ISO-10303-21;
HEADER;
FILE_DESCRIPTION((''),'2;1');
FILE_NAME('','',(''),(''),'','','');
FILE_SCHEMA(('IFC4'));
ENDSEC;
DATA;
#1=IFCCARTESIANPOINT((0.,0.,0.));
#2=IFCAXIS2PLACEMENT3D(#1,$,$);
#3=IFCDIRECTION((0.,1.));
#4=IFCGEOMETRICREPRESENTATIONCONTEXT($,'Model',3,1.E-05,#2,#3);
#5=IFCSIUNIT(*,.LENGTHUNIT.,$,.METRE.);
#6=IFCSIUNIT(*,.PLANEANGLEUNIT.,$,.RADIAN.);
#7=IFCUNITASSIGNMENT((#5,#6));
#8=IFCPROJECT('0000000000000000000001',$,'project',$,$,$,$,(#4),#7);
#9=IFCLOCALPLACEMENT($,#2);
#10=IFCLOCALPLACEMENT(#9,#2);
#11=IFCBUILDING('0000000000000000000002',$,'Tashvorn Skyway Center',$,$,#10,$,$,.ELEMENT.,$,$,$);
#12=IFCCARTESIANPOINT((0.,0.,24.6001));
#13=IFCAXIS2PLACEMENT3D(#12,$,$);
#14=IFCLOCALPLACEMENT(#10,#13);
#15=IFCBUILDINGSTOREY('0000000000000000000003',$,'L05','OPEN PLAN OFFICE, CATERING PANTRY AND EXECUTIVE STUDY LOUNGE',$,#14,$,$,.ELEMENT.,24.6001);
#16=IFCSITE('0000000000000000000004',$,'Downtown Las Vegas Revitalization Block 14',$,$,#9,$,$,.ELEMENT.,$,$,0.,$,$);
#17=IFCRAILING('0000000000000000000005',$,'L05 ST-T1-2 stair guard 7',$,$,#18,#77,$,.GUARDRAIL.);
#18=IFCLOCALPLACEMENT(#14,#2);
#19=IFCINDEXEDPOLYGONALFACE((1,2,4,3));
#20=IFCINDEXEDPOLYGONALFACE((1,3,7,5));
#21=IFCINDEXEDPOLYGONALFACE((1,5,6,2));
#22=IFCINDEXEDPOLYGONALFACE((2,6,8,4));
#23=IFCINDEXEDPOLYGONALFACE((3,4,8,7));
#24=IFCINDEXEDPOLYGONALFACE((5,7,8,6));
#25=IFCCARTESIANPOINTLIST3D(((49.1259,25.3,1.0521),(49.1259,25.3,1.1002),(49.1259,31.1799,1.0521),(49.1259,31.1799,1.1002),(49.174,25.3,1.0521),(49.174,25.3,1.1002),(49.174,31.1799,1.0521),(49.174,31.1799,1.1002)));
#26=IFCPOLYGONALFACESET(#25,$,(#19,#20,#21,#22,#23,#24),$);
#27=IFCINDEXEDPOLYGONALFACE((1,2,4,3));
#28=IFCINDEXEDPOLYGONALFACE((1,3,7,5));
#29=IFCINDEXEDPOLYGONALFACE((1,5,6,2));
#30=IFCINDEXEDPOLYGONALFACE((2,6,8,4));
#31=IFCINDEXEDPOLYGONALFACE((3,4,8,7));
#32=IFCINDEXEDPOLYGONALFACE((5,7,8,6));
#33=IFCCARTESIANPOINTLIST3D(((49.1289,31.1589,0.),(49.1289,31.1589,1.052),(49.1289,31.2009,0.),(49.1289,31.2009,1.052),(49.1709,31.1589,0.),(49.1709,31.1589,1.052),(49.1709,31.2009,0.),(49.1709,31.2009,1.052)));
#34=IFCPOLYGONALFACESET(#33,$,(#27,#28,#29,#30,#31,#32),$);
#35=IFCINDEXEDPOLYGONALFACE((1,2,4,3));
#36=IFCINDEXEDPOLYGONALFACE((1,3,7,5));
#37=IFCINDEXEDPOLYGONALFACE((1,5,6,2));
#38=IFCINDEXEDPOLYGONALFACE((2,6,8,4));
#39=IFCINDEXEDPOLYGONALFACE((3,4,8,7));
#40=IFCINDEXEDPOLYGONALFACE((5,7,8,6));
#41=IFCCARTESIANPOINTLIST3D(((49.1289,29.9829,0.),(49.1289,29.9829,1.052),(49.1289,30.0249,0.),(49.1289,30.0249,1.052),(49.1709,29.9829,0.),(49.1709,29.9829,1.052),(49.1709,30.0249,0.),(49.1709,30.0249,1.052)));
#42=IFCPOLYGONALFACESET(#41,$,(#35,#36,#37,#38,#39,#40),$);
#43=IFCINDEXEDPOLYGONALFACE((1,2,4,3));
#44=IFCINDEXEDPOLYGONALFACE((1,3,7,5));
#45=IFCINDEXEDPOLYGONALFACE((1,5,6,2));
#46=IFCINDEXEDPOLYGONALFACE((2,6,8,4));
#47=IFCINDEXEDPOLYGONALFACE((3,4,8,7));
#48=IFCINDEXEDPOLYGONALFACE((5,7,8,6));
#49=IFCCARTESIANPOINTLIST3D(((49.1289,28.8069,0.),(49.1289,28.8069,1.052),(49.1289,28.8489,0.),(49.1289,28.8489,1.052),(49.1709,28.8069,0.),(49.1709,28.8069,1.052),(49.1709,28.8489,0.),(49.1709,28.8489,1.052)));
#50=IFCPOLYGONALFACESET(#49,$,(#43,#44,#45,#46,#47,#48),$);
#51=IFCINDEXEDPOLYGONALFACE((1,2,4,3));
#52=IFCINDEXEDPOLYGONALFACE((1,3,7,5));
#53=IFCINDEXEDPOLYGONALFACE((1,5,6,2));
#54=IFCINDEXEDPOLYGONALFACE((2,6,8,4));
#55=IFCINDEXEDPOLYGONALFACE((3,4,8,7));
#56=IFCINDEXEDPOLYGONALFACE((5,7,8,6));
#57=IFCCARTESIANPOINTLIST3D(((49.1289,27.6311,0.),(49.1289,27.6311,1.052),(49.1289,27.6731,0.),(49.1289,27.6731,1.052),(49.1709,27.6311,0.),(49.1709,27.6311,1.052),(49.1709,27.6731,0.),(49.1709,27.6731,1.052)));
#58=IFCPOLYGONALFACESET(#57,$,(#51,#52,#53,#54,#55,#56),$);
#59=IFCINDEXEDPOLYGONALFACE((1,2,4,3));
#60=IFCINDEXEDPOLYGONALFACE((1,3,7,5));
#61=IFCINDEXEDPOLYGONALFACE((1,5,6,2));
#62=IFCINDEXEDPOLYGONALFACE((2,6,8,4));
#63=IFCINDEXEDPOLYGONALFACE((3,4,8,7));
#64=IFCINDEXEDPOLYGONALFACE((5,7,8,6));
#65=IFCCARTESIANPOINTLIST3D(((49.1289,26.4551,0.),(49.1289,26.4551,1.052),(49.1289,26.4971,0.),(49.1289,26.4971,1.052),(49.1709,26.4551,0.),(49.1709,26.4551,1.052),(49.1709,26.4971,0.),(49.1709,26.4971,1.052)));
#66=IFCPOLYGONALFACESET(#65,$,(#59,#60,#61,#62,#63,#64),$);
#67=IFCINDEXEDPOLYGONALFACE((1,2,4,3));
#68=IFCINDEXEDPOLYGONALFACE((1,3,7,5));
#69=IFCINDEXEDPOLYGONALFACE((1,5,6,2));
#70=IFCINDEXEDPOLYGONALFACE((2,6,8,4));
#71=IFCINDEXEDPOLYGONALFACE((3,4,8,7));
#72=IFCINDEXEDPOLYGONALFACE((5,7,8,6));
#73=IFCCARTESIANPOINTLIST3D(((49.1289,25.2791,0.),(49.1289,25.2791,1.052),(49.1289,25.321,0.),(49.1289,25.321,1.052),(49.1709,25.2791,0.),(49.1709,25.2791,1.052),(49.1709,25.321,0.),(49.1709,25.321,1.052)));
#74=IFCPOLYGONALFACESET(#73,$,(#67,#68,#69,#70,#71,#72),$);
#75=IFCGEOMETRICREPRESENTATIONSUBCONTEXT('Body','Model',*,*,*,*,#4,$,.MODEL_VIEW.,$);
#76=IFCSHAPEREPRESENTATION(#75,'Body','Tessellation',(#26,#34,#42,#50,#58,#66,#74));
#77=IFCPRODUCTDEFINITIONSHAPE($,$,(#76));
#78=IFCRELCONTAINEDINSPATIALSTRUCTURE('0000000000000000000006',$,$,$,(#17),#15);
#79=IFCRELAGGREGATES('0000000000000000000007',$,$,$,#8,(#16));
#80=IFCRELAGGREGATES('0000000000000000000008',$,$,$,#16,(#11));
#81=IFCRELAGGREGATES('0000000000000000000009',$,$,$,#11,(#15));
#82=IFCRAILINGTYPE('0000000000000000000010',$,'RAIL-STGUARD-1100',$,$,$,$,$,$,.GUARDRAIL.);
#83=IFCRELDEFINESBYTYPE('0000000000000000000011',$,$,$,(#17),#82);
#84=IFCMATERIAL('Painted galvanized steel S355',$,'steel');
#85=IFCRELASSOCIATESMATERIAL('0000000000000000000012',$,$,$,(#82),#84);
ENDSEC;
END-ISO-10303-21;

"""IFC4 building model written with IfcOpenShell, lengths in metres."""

from ifc_helpers import new_model, si_unit, direction, frame, origin, origin_2d, place, context, subcontext, project, spatial, rectangle, extrude, material, type_object, element, save


model = new_model("IFC4")

# Units and contexts
model_context = context("Model", 3, precision=1e-05, world=origin(), true_north=direction((0.0, 1.0)))
body_context = subcontext(model_context, "Body", "Model", "MODEL_VIEW")
ifc_project = project(units=[si_unit("LENGTHUNIT", "METRE"), si_unit("PLANEANGLEUNIT", "RADIAN")], contexts=[model_context])

# Site, building, storey
site_placement = place(None, origin())
site = spatial("IfcSite", under=ifc_project, at=site_placement, Name="Downtown Las Vegas Revitalization Block 14", CompositionType="ELEMENT", RefElevation=0.0)
building_placement = place(site_placement, origin())
building = spatial("IfcBuilding", under=site, at=building_placement, Name="Tashvorn Skyway Center", CompositionType="ELEMENT")
storey_placement = place(building_placement, frame((0.0, 0.0, 24.6001)))
storey = spatial("IfcBuildingStorey", under=building, at=storey_placement, Name="L05", Description="OPEN PLAN OFFICE, CATERING PANTRY AND EXECUTIVE STUDY LOUNGE", CompositionType="ELEMENT", Elevation=24.6001)

# Railing
ifc_material_1 = material(Name="Painted galvanized steel S355", Category="steel")
railing_type_1 = type_object("IfcRailingType", Name="RAIL-STGUARD-1100", PredefinedType="GUARDRAIL", material=ifc_material_1)
railing_1_placement = place(storey_placement, frame((49.1499, 31.1799, 0.0)))
element("IfcRailing", 1, at=railing_1_placement, inside=storey, type_object=railing_type_1, Name="L05 ST-T1-2 stair guard 7", PredefinedType="GUARDRAIL", context=body_context, shape_type="SweptSolid", body=[
    extrude(rectangle(XDim=0.0481, YDim=0.0481, at=origin_2d()), frame((0.0, 0.0, 1.0762), z_axis=(0.0, -1.0, 0.0), x_axis=(1.0, 0.0, 0.0)), (0.0, 0.0, 1.0), 5.8799),
    extrude(rectangle(XDim=0.042, YDim=0.042, at=origin_2d()), origin(), (0.0, 0.0, 1.0), 1.052),
    extrude(rectangle(XDim=0.042, YDim=0.042, at=origin_2d()), frame((0.0, -1.176, 0.0)), (0.0, 0.0, 1.0), 1.052),
    extrude(rectangle(XDim=0.042, YDim=0.042, at=origin_2d()), frame((0.0, -2.3521, 0.0)), (0.0, 0.0, 1.0), 1.052),
    extrude(rectangle(XDim=0.042, YDim=0.042, at=origin_2d()), frame((0.0, -3.5278, 0.0)), (0.0, 0.0, 1.0), 1.052),
    extrude(rectangle(XDim=0.042, YDim=0.042, at=origin_2d()), frame((0.0, -4.7039, 0.0)), (0.0, 0.0, 1.0), 1.052),
    extrude(rectangle(XDim=0.042, YDim=0.042, at=origin_2d()), frame((0.0, -5.8799, 0.0)), (0.0, 0.0, 1.0), 1.052),
])

save(model, "model.ifc")
